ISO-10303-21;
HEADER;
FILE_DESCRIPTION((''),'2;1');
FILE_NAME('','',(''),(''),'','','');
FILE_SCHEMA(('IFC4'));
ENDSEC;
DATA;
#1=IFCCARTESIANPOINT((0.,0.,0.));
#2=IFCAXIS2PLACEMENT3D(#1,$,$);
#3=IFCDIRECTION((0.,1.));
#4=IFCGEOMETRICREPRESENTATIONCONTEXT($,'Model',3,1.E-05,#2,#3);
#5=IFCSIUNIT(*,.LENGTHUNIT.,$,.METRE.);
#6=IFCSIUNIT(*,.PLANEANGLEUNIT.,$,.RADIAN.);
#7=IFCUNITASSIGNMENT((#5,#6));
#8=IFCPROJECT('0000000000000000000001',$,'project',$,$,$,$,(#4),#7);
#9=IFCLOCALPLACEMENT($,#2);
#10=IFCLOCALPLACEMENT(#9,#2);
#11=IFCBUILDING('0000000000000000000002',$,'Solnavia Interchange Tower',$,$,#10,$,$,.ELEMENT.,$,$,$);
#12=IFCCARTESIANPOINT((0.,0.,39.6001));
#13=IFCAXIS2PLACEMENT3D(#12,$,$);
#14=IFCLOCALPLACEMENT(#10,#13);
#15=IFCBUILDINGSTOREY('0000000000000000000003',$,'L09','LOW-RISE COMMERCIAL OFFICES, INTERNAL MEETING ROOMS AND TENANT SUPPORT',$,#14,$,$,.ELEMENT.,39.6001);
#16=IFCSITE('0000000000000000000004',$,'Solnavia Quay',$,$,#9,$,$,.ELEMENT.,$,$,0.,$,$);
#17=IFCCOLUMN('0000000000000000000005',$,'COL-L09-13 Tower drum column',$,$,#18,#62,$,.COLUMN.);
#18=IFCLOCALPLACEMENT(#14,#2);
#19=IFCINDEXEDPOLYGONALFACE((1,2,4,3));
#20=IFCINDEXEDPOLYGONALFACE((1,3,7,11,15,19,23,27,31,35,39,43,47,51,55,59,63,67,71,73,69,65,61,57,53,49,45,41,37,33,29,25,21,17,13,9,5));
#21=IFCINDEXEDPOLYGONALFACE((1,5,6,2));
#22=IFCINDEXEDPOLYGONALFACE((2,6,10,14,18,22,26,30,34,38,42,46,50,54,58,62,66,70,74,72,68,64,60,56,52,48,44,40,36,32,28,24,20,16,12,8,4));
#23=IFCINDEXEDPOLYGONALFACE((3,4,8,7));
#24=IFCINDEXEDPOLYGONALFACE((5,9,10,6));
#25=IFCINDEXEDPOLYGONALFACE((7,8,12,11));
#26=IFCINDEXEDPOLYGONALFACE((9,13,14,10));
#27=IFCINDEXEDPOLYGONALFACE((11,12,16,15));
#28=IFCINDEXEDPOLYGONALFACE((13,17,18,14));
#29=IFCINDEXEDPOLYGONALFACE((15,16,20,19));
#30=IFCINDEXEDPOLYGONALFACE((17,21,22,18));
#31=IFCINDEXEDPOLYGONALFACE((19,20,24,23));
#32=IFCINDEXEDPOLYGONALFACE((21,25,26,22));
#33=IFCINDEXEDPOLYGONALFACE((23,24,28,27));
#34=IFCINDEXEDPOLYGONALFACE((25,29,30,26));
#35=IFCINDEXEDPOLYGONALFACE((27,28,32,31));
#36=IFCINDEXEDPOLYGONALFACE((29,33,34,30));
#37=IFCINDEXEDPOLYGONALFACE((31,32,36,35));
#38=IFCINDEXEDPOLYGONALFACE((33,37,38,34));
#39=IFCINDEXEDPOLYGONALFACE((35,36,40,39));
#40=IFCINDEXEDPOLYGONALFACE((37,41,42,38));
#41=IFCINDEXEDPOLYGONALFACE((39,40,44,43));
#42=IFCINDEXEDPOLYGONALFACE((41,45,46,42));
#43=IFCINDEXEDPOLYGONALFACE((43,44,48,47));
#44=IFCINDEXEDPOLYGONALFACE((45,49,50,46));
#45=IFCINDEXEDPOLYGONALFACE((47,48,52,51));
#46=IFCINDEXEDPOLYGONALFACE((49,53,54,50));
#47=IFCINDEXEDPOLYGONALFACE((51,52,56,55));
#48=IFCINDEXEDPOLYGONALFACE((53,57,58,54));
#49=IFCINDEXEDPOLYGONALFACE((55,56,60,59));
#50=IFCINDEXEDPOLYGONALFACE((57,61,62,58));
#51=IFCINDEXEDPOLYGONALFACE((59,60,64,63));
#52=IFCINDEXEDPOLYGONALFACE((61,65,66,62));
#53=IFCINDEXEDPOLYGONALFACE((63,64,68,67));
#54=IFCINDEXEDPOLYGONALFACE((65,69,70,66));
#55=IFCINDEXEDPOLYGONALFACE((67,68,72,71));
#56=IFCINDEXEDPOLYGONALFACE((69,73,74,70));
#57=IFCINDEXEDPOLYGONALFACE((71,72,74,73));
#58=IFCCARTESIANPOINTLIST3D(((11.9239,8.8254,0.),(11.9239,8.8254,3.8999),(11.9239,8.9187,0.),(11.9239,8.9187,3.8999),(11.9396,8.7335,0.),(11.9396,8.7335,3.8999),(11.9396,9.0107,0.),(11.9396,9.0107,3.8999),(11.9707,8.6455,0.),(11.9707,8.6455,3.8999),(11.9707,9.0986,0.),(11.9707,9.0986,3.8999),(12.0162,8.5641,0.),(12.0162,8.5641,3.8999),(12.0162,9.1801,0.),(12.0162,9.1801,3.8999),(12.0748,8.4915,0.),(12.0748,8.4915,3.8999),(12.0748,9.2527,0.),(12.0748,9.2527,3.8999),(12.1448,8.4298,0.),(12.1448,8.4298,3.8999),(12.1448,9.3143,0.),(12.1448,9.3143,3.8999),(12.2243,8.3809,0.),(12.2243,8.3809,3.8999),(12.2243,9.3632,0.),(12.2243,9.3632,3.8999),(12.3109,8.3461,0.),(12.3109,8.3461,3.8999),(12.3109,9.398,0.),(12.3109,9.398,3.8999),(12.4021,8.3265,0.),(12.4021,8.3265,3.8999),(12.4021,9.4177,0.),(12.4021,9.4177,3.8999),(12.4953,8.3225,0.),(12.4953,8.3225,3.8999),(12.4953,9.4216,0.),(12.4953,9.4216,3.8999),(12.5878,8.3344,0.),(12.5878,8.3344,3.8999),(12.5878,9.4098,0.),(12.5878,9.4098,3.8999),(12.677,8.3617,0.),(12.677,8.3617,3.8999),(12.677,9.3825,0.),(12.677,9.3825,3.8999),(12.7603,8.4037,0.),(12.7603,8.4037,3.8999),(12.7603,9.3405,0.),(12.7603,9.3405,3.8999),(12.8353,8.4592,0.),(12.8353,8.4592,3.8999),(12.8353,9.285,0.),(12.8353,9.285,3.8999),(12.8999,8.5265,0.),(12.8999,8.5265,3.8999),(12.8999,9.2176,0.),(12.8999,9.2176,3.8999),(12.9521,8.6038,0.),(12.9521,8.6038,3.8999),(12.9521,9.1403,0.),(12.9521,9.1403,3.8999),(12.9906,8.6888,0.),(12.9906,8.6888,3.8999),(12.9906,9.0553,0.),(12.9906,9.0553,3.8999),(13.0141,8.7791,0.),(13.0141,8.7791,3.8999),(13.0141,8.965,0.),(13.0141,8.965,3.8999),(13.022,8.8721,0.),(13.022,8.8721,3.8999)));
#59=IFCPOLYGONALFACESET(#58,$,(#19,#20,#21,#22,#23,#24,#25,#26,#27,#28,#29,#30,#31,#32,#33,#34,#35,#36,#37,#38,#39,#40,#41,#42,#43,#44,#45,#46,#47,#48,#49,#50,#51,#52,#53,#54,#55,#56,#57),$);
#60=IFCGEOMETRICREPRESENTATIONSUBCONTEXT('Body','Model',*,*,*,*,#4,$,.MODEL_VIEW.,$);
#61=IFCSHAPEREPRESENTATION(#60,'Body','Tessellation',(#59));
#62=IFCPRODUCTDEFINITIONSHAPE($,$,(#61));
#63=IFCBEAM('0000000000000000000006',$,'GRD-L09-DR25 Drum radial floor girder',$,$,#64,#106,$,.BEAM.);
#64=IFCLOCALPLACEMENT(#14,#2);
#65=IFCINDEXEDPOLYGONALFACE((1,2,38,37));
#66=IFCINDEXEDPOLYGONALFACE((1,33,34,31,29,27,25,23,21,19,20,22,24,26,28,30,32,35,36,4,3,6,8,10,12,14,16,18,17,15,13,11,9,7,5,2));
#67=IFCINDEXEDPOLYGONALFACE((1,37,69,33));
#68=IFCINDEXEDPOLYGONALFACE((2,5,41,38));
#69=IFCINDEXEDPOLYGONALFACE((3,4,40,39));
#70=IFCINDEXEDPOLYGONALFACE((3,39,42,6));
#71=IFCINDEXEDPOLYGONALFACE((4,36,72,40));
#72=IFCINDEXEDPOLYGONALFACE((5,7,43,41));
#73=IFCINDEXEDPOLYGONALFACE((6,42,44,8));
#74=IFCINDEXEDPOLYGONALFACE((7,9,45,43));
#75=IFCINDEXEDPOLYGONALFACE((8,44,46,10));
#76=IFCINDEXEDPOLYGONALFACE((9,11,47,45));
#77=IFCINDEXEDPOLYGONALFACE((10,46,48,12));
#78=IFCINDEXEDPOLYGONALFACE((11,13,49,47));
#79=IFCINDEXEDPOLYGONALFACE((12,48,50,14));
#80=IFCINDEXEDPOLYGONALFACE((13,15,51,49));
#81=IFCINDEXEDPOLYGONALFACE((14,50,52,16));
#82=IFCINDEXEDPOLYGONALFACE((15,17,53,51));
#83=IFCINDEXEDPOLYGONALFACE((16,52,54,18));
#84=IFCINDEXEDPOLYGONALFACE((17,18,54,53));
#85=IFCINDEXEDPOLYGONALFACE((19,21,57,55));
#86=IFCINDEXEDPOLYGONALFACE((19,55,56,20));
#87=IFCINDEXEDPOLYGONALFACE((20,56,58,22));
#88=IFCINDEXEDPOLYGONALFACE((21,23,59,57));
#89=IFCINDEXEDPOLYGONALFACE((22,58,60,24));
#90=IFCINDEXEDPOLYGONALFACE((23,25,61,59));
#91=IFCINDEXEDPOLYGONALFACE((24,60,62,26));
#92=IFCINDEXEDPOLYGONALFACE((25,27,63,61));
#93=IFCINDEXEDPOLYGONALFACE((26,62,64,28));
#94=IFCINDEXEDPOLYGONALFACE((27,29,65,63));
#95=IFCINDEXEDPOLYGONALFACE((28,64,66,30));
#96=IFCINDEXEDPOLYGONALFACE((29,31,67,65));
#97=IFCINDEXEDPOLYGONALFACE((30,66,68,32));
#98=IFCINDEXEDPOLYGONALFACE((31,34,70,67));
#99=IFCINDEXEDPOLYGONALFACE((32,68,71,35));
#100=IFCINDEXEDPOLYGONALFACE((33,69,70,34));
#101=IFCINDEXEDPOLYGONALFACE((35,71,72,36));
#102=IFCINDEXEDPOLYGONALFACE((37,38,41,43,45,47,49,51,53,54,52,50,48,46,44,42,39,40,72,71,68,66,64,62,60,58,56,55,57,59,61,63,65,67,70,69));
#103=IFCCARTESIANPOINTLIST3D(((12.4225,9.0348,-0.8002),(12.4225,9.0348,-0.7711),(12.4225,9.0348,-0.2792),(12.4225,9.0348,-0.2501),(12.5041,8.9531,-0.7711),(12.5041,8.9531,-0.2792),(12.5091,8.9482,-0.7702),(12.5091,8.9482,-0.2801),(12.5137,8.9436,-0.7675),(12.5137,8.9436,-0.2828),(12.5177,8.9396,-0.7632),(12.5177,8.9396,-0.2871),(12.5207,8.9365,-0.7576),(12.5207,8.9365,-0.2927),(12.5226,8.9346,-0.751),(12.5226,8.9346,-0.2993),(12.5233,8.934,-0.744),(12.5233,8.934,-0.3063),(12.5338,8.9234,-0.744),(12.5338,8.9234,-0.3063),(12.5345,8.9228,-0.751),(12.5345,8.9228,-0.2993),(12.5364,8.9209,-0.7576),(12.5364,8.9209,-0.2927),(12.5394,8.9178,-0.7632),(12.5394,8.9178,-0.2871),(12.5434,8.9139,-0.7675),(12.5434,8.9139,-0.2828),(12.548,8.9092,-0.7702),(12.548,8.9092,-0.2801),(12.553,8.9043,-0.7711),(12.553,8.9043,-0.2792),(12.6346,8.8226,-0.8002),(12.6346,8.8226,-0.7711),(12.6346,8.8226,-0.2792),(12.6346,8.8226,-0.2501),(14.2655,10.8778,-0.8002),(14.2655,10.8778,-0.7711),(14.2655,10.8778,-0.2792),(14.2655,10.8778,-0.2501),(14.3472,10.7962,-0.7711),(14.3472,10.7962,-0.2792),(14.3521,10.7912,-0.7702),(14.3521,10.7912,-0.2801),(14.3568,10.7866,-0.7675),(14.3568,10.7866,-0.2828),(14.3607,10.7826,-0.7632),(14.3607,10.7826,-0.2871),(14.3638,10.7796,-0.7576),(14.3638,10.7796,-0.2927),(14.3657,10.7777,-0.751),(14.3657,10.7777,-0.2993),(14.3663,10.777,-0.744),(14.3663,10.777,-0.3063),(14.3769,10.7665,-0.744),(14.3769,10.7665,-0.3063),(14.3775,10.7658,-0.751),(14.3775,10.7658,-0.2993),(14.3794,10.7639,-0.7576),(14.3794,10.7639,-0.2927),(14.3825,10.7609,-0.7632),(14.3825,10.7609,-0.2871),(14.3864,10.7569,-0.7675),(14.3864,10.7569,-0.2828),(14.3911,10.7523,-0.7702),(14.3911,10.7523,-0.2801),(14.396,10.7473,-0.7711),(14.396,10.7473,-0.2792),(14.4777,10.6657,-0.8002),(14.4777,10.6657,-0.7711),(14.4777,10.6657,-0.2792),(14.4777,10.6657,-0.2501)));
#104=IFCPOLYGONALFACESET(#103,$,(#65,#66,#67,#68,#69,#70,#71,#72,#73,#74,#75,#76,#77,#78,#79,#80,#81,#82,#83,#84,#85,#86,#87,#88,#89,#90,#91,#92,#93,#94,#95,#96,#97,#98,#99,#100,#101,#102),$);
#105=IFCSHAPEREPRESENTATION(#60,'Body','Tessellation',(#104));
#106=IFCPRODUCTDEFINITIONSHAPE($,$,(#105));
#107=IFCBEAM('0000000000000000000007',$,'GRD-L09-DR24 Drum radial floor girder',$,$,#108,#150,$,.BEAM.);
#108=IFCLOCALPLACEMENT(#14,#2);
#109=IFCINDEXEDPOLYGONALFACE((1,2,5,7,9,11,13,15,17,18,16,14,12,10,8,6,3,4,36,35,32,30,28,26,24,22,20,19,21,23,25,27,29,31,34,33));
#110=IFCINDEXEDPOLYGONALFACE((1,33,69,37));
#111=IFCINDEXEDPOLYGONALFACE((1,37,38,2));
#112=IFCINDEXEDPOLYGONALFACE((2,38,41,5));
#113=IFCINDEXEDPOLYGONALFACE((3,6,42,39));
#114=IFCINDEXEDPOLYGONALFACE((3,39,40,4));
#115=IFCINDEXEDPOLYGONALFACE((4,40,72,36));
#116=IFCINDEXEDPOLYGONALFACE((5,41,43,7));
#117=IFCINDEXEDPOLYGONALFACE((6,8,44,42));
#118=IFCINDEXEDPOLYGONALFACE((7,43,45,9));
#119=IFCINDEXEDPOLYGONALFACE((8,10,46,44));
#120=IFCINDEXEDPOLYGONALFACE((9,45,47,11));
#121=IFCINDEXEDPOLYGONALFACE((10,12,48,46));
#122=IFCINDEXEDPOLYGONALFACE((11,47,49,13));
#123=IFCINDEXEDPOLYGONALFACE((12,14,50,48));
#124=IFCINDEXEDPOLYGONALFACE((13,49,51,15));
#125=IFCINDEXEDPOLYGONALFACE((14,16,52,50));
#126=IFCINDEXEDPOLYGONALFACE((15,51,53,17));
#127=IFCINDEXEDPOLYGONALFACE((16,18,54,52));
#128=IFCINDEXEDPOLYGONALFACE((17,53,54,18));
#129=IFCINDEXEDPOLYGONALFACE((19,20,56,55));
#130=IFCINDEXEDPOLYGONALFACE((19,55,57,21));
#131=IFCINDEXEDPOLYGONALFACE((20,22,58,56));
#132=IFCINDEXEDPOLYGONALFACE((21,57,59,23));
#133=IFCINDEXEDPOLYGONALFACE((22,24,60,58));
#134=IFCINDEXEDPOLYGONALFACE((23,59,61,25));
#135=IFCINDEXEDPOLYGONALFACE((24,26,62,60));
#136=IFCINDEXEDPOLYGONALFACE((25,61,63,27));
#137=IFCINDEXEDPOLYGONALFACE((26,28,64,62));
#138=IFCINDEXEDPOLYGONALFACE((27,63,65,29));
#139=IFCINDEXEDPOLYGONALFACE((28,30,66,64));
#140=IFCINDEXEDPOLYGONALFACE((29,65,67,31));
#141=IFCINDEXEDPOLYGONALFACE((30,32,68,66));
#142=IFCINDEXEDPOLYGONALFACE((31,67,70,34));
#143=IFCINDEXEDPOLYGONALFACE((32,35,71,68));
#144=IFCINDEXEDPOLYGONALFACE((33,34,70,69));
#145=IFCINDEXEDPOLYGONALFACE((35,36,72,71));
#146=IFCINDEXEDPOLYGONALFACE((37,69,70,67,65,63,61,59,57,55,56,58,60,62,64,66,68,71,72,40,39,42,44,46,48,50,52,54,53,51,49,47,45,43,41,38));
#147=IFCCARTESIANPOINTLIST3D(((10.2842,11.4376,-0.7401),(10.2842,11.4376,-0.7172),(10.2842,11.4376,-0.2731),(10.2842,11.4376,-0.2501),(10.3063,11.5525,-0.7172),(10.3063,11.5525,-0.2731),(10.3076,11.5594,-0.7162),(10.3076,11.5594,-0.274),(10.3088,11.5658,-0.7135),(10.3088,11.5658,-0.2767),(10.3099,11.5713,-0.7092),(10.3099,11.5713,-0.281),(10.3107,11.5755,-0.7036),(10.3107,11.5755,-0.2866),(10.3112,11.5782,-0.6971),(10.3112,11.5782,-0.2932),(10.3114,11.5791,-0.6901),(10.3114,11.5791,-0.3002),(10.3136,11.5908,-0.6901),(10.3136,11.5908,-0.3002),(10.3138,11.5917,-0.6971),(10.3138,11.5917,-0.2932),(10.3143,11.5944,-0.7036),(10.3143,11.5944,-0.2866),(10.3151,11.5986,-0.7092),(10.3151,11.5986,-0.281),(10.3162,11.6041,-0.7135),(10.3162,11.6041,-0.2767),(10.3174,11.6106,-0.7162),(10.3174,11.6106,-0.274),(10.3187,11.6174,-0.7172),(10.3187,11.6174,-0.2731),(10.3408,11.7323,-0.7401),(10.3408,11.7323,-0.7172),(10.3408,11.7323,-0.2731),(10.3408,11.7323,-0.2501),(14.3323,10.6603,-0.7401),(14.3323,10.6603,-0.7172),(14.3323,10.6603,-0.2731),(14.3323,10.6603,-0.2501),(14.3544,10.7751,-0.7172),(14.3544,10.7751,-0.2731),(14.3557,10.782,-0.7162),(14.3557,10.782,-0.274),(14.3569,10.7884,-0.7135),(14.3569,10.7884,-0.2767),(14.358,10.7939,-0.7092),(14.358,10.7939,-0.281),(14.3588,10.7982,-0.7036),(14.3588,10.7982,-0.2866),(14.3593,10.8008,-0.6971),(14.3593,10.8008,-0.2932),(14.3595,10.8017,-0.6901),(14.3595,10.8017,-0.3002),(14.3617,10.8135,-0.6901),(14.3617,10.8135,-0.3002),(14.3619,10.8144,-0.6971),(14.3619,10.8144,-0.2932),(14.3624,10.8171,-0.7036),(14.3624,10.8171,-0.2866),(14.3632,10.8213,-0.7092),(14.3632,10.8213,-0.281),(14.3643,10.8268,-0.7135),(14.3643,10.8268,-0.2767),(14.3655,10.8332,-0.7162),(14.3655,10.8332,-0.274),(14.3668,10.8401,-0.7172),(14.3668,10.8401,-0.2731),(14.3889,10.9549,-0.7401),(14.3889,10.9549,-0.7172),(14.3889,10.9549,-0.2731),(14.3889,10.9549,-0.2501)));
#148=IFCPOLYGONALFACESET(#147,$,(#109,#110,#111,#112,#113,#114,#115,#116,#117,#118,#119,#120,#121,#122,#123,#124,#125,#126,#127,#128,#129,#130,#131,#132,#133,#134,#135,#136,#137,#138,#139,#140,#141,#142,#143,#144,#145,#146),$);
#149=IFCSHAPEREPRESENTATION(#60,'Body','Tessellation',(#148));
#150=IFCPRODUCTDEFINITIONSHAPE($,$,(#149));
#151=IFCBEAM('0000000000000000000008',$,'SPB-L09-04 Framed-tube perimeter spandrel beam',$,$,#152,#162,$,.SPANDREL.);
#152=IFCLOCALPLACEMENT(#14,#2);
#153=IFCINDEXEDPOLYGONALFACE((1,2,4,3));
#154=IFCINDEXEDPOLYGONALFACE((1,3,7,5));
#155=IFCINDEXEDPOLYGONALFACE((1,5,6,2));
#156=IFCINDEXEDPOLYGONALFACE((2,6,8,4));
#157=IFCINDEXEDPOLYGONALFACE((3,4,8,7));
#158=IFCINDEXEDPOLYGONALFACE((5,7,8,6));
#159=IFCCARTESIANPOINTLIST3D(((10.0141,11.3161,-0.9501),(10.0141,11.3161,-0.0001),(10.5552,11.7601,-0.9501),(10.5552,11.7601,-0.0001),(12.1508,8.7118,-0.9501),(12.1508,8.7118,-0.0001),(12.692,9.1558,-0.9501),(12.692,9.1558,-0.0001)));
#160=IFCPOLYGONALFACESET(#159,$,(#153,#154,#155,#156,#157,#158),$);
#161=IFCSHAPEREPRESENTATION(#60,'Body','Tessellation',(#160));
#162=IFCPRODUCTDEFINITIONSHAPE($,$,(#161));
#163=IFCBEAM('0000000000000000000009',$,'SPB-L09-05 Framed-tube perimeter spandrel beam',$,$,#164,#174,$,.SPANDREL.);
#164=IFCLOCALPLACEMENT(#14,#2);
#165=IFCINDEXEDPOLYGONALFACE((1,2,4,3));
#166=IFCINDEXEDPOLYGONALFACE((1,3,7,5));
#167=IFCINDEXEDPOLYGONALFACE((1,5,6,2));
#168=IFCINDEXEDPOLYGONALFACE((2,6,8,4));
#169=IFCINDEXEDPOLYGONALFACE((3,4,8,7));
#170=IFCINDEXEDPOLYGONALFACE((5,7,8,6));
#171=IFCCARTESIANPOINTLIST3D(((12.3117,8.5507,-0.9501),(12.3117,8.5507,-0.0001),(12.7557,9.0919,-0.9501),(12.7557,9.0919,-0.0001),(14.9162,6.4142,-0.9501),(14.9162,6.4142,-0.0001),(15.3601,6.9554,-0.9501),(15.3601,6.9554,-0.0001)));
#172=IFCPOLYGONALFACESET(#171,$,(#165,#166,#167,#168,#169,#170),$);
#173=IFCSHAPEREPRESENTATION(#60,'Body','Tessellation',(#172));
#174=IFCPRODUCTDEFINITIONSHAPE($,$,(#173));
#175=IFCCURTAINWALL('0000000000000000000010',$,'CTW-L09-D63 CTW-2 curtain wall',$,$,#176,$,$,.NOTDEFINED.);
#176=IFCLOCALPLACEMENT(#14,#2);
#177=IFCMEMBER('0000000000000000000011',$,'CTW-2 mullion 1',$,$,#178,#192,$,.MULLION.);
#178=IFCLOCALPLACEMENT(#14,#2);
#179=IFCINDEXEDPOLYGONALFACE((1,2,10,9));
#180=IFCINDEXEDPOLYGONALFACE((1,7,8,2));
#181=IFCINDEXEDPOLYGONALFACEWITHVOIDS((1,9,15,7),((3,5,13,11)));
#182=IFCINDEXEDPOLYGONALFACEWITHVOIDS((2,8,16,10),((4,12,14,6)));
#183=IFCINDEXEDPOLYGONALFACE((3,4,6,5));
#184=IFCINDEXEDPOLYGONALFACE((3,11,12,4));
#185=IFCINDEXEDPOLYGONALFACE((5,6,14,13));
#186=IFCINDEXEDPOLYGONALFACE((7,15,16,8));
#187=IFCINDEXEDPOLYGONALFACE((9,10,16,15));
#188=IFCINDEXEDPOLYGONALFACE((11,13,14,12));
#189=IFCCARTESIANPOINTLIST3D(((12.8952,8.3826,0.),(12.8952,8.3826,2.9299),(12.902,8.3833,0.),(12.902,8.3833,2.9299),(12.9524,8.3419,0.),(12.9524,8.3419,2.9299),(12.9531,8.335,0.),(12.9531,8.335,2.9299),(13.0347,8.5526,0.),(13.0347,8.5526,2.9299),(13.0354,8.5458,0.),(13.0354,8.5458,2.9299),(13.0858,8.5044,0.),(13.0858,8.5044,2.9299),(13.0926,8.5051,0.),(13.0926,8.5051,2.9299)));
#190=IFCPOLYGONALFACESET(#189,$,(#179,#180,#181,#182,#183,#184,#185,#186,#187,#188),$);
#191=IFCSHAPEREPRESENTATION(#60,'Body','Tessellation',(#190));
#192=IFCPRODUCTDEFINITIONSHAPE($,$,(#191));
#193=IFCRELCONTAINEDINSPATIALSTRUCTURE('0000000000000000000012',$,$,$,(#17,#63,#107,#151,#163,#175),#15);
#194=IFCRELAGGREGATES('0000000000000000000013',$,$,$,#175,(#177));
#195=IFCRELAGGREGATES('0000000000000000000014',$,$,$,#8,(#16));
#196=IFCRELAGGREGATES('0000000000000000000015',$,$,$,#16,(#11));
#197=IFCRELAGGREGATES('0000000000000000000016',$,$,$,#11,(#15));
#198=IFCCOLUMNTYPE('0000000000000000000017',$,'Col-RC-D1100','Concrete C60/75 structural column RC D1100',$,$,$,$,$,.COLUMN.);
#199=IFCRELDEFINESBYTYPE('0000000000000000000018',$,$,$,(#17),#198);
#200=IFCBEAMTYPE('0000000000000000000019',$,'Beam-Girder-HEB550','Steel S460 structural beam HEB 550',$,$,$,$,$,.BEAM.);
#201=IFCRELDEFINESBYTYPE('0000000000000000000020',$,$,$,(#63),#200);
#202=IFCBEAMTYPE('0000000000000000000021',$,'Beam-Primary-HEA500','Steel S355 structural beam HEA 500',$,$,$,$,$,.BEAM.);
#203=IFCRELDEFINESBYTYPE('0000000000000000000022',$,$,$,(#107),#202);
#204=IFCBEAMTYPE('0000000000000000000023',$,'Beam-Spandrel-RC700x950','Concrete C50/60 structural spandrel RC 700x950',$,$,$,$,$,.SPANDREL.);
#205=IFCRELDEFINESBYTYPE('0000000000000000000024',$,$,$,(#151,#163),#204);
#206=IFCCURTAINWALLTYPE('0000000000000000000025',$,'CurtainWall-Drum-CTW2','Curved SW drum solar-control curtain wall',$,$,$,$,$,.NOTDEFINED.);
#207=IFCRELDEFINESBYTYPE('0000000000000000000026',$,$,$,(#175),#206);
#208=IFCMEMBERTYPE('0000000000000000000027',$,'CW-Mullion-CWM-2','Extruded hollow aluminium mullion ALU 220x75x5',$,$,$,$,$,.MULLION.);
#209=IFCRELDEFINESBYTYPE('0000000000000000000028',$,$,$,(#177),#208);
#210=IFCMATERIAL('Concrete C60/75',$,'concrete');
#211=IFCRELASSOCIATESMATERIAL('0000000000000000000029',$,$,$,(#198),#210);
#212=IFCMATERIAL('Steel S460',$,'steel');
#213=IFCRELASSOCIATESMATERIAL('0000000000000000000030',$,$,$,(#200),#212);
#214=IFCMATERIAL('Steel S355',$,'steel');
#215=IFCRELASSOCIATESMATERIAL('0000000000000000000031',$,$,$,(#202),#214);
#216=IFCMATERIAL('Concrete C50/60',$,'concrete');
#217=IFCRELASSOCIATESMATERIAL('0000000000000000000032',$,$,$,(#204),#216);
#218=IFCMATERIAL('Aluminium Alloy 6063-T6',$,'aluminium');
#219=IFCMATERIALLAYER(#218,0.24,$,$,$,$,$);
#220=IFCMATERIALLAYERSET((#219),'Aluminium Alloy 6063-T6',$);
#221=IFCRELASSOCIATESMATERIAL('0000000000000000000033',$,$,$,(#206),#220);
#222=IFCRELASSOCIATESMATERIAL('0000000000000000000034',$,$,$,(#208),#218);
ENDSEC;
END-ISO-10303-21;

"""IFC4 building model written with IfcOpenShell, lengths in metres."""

from ifc_helpers import new_model, si_unit, direction, frame, origin, origin_2d, place, context, subcontext, project, spatial, rectangle, hollow_rectangle, circle, i_section, extrude, material, layer, layer_set, material_profile, profile_set, type_object, element, aggregate, save


model = new_model("IFC4")

# Units and contexts
model_context = context("Model", 3, precision=1e-05, world=origin(), true_north=direction((0.0, 1.0)))
body_context = subcontext(model_context, "Body", "Model", "MODEL_VIEW")
ifc_project = project(units=[si_unit("LENGTHUNIT", "METRE"), si_unit("PLANEANGLEUNIT", "RADIAN")], contexts=[model_context])

# Site, building, storey
site_placement = place(None, origin())
site = spatial("IfcSite", under=ifc_project, at=site_placement, Name="Solnavia Quay", CompositionType="ELEMENT", RefElevation=0.0)
building_placement = place(site_placement, origin())
building = spatial("IfcBuilding", under=site, at=building_placement, Name="Solnavia Interchange Tower", CompositionType="ELEMENT")
storey_placement = place(building_placement, frame((0.0, 0.0, 39.6001)))
storey = spatial("IfcBuildingStorey", under=building, at=storey_placement, Name="L09", Description="LOW-RISE COMMERCIAL OFFICES, INTERNAL MEETING ROOMS AND TENANT SUPPORT", CompositionType="ELEMENT", Elevation=39.6001)

# Column
ifc_material_1 = material(Name="Concrete C60/75", Category="concrete")
ifc_material_profile_1 = material_profile(ifc_material_1, circle(Radius=0.55, at=origin_2d()), Name="RC D1100")
ifc_profile_set_1 = profile_set([ifc_material_profile_1], Name="Concrete C60/75")
column_type = type_object("IfcColumnType", Name="Col-RC-D1100", Description="Concrete C60/75 structural column RC D1100", PredefinedType="COLUMN", material=ifc_profile_set_1)
column_placement = place(storey_placement, frame((12.4719, 8.8721, 0.0), z_axis=(0.0, 0.0, 1.0), x_axis=(1.0, 0.0, 0.0)))
element("IfcColumn", 1, at=column_placement, inside=storey, type_object=column_type, Name="COL-L09-13 Tower drum column", PredefinedType="COLUMN", context=body_context, shape_type="SweptSolid", body=[
    extrude(circle(Radius=0.55, at=origin_2d()), origin(), (0.0, 0.0, 1.0), 3.8999),
])

# Beams
ifc_material_2 = material(Name="Steel S460", Category="steel")
ifc_material_profile_2 = material_profile(ifc_material_2, i_section(OverallWidth=0.3, OverallDepth=0.55, WebThickness=0.0149, FlangeThickness=0.0291, FilletRadius=0.0271, at=origin_2d()), Name="HEB 550")
ifc_profile_set_2 = profile_set([ifc_material_profile_2], Name="Steel S460")
beam_type_1 = type_object("IfcBeamType", Name="Beam-Girder-HEB550", Description="Steel S460 structural beam HEB 550", PredefinedType="BEAM", material=ifc_profile_set_2)
beam_1_placement = place(storey_placement, frame((12.5286, 8.9287, -0.5251), z_axis=(0.707107, 0.707107, 0.0), x_axis=(-0.707107, 0.707107, 0.0)))
element("IfcBeam", 2, at=beam_1_placement, inside=storey, type_object=beam_type_1, Name="GRD-L09-DR25 Drum radial floor girder", PredefinedType="BEAM", context=body_context, shape_type="SweptSolid", body=[
    extrude(i_section(OverallWidth=0.3, OverallDepth=0.55, WebThickness=0.0149, FlangeThickness=0.0291, FilletRadius=0.0271, at=origin_2d()), origin(), (0.0, 0.0, 1.0), 2.6064),
])
ifc_material_3 = material(Name="Steel S355", Category="steel")
ifc_material_profile_3 = material_profile(ifc_material_3, i_section(OverallWidth=0.3, OverallDepth=0.49, WebThickness=0.012, FlangeThickness=0.0229, FilletRadius=0.0271, at=origin_2d()), Name="HEA 500")
ifc_profile_set_3 = profile_set([ifc_material_profile_3], Name="Steel S355")
beam_type_2 = type_object("IfcBeamType", Name="Beam-Primary-HEA500", Description="Steel S355 structural beam HEA 500", PredefinedType="BEAM", material=ifc_profile_set_3)
beam_2_placement = place(storey_placement, frame((10.3125, 11.585, -0.4951), z_axis=(0.982058, -0.188582, 0.0), x_axis=(0.188582, 0.982058, 0.0)))
element("IfcBeam", 3, at=beam_2_placement, inside=storey, type_object=beam_type_2, Name="GRD-L09-DR24 Drum radial floor girder", PredefinedType="BEAM", context=body_context, shape_type="SweptSolid", body=[
    extrude(i_section(OverallWidth=0.3, OverallDepth=0.49, WebThickness=0.012, FlangeThickness=0.0229, FilletRadius=0.0271, at=origin_2d()), origin(), (0.0, 0.0, 1.0), 4.1221),
])
ifc_material_4 = material(Name="Concrete C50/60", Category="concrete")
ifc_material_profile_4 = material_profile(ifc_material_4, rectangle(XDim=0.7, YDim=0.95, at=origin_2d()), Name="RC 700x950")
ifc_profile_set_4 = profile_set([ifc_material_profile_4], Name="Concrete C50/60")
beam_type_3 = type_object("IfcBeamType", Name="Beam-Spandrel-RC700x950", Description="Concrete C50/60 structural spandrel RC 700x950", PredefinedType="SPANDREL", material=ifc_profile_set_4)
for number, where, z_axis, x_axis, name in (
    (4, (10.2847, 11.5381, -0.4751), (0.634299, -0.773088, 0.0), (0.773088, 0.634299, 0.0), "SPB-L09-04 Framed-tube perimeter spandrel beam"),
    (5, (12.5337, 8.8213, -0.4751), (0.773153, -0.63422, 0.0), (0.63422, 0.773153, 0.0), "SPB-L09-05 Framed-tube perimeter spandrel beam"),
):
    element("IfcBeam", number, at=place(storey_placement, frame(where, z_axis=z_axis, x_axis=x_axis)), inside=storey, type_object=beam_type_3, Name=name, PredefinedType="SPANDREL", context=body_context, shape_type="SweptSolid", body=[
        extrude(rectangle(XDim=0.7, YDim=0.95, at=origin_2d()), origin(), (0.0, 0.0, 1.0), 3.3687),
    ])

# Curtain wall, member
ifc_material_5 = material(Name="Aluminium Alloy 6063-T6", Category="aluminium")
ifc_layer_1 = layer(ifc_material_5, 0.24)
ifc_layer_set_1 = layer_set([ifc_layer_1], Name="Aluminium Alloy 6063-T6")
curtain_wall_type = type_object("IfcCurtainWallType", Name="CurtainWall-Drum-CTW2", Description="Curved SW drum solar-control curtain wall", PredefinedType="NOTDEFINED", material=ifc_layer_set_1)
curtain_wall_placement = place(storey_placement, origin())
curtain_wall = element("IfcCurtainWall", 6, at=curtain_wall_placement, inside=storey, type_object=curtain_wall_type, Name="CTW-L09-D63 CTW-2 curtain wall", PredefinedType="NOTDEFINED")
ifc_material_profile_5 = material_profile(ifc_material_5, hollow_rectangle(XDim=0.075, YDim=0.22, WallThickness=0.0049, at=origin_2d()), Name="ALU 220x75x5")
ifc_profile_set_5 = profile_set([ifc_material_profile_5], Name="Aluminium Alloy 6063-T6")
member_type_1 = type_object("IfcMemberType", Name="CW-Mullion-CWM-2", Description="Extruded hollow aluminium mullion ALU 220x75x5", PredefinedType="MULLION", material=ifc_profile_set_5)
member_1_placement = place(storey_placement, frame((12.9939, 8.4438, 0.0), z_axis=(0.0, 0.0, 1.0), x_axis=(0.773095, -0.634291, 0.0)))
member_1 = element("IfcMember", 7, at=member_1_placement, type_object=member_type_1, Name="CTW-2 mullion 1", PredefinedType="MULLION", context=body_context, shape_type="SweptSolid", body=[
    extrude(hollow_rectangle(XDim=0.075, YDim=0.22, WallThickness=0.0049, at=origin_2d()), origin(), (0.0, 0.0, 1.0), 2.9299),
])
aggregate(curtain_wall, [member_1])

save(model, "model.ifc")
